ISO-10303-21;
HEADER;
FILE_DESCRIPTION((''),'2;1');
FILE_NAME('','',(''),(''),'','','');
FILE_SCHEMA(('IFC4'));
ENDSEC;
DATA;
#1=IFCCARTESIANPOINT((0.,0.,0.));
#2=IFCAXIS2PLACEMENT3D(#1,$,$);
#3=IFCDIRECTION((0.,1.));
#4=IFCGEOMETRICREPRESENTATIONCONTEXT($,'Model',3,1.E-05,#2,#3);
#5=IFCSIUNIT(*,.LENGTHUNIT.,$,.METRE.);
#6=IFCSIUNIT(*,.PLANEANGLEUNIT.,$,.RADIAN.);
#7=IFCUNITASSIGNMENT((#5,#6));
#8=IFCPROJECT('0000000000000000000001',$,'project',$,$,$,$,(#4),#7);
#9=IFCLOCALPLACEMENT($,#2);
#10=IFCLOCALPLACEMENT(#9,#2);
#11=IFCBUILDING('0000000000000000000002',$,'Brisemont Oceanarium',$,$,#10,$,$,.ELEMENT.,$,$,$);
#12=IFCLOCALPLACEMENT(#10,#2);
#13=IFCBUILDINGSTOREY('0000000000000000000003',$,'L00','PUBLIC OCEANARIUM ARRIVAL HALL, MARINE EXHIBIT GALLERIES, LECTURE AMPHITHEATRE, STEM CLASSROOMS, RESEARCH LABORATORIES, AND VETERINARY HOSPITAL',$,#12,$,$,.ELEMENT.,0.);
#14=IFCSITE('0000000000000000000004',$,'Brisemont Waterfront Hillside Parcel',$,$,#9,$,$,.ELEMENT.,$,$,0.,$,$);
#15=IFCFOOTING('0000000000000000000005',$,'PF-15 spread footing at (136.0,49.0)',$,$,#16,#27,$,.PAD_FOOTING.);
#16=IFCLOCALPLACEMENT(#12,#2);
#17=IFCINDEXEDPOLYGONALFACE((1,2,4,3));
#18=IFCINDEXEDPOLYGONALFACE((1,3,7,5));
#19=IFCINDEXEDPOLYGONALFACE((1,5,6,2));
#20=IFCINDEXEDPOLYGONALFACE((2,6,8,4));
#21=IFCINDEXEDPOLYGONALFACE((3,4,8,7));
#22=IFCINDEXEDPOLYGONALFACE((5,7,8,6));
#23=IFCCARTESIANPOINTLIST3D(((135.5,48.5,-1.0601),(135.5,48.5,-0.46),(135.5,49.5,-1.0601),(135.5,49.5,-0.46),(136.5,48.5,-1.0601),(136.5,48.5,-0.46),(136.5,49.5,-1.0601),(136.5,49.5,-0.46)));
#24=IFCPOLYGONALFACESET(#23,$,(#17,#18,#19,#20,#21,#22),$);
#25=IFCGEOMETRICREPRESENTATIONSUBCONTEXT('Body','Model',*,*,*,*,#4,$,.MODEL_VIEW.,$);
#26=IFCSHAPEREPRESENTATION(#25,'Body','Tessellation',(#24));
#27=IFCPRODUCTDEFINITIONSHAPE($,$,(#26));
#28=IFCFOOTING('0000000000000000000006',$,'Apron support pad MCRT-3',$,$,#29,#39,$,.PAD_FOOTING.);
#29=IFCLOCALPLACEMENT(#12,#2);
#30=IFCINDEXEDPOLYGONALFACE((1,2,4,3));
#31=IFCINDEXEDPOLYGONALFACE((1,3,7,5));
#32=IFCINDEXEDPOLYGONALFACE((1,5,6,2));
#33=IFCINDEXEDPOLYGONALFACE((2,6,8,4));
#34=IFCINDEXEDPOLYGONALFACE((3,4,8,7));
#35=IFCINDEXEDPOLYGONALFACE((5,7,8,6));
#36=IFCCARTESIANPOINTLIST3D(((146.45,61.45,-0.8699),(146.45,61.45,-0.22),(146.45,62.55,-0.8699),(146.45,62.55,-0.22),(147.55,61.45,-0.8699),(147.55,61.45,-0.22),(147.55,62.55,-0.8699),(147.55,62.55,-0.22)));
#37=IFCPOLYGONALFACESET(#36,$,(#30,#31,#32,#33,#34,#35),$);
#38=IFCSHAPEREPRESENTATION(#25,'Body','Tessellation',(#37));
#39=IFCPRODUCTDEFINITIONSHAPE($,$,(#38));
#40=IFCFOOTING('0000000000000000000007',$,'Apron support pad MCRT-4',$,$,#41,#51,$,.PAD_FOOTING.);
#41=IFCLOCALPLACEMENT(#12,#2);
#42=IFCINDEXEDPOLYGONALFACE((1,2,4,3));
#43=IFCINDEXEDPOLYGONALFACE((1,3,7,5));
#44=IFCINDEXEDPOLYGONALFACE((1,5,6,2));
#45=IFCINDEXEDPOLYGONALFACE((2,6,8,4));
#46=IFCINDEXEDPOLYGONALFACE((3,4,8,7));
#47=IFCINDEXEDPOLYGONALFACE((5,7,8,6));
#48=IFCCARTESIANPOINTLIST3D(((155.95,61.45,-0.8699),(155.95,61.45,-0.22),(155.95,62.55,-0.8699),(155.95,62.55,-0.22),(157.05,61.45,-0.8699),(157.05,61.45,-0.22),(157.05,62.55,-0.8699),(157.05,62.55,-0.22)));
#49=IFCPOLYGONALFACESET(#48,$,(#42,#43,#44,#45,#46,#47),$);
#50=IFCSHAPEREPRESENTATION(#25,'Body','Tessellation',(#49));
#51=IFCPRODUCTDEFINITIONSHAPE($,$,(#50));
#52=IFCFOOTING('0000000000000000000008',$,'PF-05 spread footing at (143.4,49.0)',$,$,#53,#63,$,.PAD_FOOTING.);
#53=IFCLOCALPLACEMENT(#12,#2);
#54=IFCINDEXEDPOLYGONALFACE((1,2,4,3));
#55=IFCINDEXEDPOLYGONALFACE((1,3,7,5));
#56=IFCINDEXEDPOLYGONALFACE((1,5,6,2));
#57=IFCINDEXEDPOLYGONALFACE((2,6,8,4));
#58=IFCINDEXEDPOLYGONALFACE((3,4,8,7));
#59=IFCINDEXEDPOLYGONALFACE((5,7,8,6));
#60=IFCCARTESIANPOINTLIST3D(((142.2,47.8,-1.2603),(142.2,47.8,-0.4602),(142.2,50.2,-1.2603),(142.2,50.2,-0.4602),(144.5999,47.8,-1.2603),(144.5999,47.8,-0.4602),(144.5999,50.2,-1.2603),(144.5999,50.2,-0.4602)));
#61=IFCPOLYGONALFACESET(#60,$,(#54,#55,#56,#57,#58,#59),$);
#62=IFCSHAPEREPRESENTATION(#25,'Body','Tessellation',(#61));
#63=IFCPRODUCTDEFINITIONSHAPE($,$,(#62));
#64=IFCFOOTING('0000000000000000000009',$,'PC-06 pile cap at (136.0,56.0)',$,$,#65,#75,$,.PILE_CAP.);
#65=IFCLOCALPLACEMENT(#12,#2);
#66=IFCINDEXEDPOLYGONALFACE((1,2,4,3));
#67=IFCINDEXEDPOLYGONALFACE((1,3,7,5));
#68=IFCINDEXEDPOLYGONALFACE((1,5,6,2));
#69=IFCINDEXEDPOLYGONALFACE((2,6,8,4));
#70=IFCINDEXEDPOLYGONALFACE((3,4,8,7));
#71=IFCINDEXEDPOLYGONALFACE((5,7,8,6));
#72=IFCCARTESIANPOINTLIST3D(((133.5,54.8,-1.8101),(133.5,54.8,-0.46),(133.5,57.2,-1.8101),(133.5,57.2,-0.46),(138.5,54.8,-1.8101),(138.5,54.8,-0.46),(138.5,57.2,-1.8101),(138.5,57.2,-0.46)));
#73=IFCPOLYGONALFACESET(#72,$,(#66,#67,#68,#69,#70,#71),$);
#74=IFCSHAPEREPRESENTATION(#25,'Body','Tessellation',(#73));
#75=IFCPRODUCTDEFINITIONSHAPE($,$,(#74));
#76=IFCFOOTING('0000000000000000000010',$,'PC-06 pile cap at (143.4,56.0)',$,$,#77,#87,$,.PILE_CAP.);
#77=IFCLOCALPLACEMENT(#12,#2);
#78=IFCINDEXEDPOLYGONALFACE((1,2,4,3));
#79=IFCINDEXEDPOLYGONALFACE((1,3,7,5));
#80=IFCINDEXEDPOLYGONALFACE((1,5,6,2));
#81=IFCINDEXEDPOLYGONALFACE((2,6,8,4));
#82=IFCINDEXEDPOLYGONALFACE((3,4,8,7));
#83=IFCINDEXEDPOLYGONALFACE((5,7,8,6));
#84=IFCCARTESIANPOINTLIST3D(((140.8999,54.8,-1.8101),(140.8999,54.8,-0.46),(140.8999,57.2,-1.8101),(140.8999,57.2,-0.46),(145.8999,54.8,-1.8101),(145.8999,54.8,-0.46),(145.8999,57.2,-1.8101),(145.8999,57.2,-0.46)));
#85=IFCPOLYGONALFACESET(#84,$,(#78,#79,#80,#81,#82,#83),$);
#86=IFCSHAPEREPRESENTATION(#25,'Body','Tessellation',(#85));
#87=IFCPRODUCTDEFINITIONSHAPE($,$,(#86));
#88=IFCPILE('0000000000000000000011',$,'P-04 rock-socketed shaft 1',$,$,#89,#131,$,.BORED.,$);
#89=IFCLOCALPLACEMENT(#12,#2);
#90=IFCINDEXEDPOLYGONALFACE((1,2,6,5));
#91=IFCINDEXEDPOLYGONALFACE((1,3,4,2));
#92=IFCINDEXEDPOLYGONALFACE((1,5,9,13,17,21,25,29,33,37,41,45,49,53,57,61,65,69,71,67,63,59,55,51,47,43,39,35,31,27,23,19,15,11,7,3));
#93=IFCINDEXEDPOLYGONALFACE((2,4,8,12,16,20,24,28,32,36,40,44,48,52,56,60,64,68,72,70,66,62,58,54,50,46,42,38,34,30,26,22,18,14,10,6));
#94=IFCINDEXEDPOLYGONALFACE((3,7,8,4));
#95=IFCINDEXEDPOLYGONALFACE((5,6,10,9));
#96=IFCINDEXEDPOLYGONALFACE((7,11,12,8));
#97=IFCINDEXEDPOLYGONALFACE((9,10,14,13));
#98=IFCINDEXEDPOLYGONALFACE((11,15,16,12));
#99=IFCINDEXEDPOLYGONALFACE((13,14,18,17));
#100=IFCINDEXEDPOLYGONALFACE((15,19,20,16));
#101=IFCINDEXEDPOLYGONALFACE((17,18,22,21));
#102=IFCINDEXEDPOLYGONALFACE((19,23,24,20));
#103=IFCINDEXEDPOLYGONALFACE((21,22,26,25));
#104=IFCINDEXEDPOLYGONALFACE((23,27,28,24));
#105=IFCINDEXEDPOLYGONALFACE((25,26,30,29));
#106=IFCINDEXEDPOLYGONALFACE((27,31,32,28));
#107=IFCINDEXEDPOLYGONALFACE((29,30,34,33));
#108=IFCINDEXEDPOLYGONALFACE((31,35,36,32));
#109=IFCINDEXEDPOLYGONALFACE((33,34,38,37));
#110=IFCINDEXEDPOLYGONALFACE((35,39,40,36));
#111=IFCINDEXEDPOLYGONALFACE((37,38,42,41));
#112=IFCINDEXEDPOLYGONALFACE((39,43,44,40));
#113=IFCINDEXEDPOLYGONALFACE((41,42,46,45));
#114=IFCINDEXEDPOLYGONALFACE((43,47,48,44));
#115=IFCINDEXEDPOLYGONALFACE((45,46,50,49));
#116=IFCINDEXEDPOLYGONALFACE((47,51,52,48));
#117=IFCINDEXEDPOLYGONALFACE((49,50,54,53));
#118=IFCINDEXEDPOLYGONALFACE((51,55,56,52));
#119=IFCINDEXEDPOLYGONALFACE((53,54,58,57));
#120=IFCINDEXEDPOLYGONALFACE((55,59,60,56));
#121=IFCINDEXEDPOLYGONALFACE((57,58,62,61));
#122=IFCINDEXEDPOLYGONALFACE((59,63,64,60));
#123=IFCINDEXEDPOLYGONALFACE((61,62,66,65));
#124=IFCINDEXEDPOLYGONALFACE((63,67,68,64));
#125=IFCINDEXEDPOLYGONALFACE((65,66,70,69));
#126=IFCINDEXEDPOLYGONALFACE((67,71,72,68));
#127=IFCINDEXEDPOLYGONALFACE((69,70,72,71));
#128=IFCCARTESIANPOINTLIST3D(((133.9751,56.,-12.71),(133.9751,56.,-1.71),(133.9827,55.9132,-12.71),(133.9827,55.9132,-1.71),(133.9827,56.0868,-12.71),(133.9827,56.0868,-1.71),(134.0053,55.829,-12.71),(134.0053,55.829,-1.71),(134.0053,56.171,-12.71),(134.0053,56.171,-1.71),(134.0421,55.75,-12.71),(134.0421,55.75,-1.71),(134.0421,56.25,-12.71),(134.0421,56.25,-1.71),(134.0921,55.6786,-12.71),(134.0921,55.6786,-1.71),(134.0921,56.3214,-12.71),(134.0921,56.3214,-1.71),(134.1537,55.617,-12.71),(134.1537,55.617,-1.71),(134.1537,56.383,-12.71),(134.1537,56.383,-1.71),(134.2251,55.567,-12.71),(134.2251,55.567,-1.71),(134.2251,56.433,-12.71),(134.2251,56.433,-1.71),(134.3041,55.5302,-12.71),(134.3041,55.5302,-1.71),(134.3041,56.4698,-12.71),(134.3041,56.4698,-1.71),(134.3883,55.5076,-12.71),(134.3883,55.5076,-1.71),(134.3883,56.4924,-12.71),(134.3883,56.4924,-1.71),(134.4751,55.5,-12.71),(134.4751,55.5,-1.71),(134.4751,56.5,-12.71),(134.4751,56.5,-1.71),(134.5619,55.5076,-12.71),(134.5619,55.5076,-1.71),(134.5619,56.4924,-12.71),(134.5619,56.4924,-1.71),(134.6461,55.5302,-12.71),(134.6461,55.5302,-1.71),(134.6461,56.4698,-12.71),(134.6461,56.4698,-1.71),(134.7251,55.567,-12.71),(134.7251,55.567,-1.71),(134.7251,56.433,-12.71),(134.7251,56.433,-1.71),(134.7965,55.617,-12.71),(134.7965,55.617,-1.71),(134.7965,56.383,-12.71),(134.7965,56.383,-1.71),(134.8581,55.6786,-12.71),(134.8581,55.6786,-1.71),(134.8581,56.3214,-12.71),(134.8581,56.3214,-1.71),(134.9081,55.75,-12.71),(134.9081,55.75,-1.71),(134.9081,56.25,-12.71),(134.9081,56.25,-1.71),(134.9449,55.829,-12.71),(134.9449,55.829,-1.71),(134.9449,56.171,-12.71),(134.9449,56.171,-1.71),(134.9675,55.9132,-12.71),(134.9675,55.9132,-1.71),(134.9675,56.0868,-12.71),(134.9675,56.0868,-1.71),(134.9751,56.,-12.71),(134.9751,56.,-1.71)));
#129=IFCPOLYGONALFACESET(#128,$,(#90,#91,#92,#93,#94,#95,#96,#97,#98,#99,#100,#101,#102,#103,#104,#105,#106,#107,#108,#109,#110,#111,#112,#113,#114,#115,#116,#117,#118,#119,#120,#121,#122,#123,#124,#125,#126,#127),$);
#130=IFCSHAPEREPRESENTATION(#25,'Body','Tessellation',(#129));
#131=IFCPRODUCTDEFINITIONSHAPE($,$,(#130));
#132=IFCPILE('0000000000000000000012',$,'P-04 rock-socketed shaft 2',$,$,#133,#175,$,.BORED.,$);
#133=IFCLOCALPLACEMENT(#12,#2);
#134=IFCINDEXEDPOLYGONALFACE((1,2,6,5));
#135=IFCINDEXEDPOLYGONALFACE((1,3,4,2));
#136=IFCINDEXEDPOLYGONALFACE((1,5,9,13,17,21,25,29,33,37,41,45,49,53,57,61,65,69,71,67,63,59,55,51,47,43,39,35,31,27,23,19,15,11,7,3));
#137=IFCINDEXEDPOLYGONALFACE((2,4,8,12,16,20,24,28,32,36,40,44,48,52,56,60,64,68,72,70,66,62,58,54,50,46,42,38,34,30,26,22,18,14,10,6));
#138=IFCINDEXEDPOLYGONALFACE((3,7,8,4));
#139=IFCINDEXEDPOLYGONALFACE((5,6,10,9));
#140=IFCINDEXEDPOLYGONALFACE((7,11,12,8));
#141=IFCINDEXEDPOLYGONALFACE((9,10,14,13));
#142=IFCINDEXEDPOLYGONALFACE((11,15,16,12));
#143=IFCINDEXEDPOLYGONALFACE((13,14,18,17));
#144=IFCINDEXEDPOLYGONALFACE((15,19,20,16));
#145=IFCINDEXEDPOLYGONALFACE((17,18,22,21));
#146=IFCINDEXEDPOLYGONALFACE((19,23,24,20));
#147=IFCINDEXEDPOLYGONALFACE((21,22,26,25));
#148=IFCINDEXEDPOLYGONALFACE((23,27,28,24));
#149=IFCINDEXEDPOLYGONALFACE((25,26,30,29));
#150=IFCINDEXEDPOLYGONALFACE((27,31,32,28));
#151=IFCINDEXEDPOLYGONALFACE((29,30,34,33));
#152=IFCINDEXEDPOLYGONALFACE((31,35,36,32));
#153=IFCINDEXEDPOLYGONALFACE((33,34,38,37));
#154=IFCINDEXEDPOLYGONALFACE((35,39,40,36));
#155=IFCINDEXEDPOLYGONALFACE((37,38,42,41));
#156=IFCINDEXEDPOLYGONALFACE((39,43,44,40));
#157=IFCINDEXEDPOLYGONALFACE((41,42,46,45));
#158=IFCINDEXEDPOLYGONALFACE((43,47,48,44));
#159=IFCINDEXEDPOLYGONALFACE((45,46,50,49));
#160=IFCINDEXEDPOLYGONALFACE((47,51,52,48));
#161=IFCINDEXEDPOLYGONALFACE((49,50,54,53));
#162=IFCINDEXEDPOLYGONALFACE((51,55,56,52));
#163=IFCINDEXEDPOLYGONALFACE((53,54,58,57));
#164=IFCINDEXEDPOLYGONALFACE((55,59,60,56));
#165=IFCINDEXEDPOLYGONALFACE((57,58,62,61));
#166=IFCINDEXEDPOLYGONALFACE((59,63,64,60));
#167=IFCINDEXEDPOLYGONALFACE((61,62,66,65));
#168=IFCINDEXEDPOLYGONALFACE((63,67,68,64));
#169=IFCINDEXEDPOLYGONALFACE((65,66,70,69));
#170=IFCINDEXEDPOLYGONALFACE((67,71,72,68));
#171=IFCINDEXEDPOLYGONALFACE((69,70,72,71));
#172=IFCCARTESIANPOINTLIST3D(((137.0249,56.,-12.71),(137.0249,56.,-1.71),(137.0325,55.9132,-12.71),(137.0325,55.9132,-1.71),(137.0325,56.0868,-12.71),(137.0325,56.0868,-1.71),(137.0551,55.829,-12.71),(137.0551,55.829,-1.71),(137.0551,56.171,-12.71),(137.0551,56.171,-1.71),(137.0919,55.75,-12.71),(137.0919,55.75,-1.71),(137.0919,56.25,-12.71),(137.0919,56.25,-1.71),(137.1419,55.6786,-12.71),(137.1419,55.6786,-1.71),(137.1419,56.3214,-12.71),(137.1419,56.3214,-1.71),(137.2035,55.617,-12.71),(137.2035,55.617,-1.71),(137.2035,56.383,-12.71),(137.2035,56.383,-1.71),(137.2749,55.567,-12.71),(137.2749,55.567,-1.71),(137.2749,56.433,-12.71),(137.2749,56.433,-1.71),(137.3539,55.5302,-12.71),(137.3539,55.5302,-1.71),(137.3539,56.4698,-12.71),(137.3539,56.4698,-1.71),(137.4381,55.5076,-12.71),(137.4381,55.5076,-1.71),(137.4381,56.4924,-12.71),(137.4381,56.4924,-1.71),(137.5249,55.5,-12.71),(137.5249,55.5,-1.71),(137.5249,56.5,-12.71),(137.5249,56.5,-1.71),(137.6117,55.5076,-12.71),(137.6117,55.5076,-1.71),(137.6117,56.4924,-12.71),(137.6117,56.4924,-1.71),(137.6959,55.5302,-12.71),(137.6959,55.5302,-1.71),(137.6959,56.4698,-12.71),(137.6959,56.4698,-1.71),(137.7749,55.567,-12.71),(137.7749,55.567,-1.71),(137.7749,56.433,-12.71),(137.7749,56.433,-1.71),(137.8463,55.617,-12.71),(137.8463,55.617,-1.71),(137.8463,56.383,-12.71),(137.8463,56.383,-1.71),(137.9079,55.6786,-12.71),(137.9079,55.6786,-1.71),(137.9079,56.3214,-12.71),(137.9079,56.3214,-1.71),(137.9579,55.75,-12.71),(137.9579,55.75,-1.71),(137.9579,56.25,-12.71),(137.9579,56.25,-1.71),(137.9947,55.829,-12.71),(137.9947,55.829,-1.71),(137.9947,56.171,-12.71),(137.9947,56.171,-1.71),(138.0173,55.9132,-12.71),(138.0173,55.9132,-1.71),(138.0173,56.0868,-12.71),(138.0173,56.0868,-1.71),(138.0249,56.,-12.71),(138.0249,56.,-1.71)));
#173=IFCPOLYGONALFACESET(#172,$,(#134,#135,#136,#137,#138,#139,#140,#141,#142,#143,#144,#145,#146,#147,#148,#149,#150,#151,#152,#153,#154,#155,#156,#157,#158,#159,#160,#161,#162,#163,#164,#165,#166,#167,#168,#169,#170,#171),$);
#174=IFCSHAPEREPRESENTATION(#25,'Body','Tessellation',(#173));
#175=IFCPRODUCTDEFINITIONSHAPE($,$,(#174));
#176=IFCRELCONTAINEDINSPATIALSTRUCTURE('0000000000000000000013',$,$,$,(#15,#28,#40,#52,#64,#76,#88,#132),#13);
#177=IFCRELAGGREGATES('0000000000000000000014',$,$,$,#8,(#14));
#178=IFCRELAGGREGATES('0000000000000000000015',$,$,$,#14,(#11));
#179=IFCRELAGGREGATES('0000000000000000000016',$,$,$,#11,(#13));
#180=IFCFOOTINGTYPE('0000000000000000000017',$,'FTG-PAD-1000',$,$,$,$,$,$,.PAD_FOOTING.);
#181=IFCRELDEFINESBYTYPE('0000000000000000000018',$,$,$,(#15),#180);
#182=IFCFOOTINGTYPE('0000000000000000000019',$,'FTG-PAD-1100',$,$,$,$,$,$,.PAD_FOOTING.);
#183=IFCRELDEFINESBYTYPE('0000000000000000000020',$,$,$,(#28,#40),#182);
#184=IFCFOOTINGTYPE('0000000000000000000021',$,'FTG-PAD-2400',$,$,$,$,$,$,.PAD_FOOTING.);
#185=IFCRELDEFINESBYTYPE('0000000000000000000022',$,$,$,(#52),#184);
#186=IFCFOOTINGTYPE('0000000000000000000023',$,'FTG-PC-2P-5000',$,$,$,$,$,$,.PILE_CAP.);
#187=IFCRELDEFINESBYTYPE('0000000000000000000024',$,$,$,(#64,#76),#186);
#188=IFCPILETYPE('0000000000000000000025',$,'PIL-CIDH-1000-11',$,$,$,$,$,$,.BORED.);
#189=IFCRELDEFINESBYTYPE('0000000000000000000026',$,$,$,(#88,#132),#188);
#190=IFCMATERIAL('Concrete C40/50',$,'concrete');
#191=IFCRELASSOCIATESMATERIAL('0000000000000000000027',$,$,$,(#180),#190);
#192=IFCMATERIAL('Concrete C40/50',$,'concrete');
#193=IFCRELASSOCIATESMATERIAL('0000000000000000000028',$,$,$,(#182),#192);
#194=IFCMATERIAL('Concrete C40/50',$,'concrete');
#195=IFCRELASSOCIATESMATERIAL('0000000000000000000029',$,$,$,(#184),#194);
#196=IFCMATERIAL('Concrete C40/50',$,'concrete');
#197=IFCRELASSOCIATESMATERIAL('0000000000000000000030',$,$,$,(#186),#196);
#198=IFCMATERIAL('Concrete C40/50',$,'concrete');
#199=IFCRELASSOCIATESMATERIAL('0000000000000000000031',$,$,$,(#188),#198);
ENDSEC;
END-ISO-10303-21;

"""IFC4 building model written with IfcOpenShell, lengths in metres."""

from ifc_helpers import new_model, si_unit, direction, frame, origin, origin_2d, place, context, subcontext, project, spatial, rectangle, circle, extrude, material, material_profile, profile_set, type_object, element, save


model = new_model("IFC4")

# Units and contexts
model_context = context("Model", 3, precision=1e-05, world=origin(), true_north=direction((0.0, 1.0)))
body_context = subcontext(model_context, "Body", "Model", "MODEL_VIEW")
ifc_project = project(units=[si_unit("LENGTHUNIT", "METRE"), si_unit("PLANEANGLEUNIT", "RADIAN")], contexts=[model_context])

# Site, building, storey
site_placement = place(None, origin())
site = spatial("IfcSite", under=ifc_project, at=site_placement, Name="Brisemont Waterfront Hillside Parcel", CompositionType="ELEMENT", RefElevation=0.0)
building_placement = place(site_placement, origin())
building = spatial("IfcBuilding", under=site, at=building_placement, Name="Brisemont Oceanarium", CompositionType="ELEMENT")
storey_placement = place(building_placement, origin())
storey = spatial("IfcBuildingStorey", under=building, at=storey_placement, Name="L00", Description="PUBLIC OCEANARIUM ARRIVAL HALL, MARINE EXHIBIT GALLERIES, LECTURE AMPHITHEATRE, STEM CLASSROOMS, RESEARCH LABORATORIES, AND VETERINARY HOSPITAL", CompositionType="ELEMENT", Elevation=0.0)

# Footings
ifc_material_1 = material(Name="Concrete C40/50", Category="concrete")
footing_type_1 = type_object("IfcFootingType", Name="FTG-PAD-1000", PredefinedType="PAD_FOOTING", material=ifc_material_1)
footing_1_placement = place(storey_placement, frame((136.0, 49.0, -1.0601), z_axis=(0.0, 0.0, 1.0), x_axis=(1.0, 0.0, 0.0)))
element("IfcFooting", 1, at=footing_1_placement, inside=storey, type_object=footing_type_1, Name="PF-15 spread footing at (136.0,49.0)", PredefinedType="PAD_FOOTING", context=body_context, shape_type="SweptSolid", body=[
    extrude(rectangle(XDim=1.0, YDim=1.0, at=origin_2d()), origin(), (0.0, 0.0, 1.0), 0.6001),
])
ifc_material_2 = material(Name="Concrete C40/50", Category="concrete")
footing_type_2 = type_object("IfcFootingType", Name="FTG-PAD-1100", PredefinedType="PAD_FOOTING", material=ifc_material_2)
for number, where, z_axis, x_axis, name in (
    (2, (147.0, 62.0, -0.8699), (0.0, 0.0, 1.0), (1.0, 0.0, 0.0), "Apron support pad MCRT-3"),
    (3, (156.5, 62.0, -0.8699), (0.0, 0.0, 1.0), (1.0, 0.0, 0.0), "Apron support pad MCRT-4"),
):
    element("IfcFooting", number, at=place(storey_placement, frame(where, z_axis=z_axis, x_axis=x_axis)), inside=storey, type_object=footing_type_2, Name=name, PredefinedType="PAD_FOOTING", context=body_context, shape_type="SweptSolid", body=[
        extrude(rectangle(XDim=1.1001, YDim=1.1001, at=origin_2d()), origin(), (0.0, 0.0, 1.0), 0.6499),
    ])
ifc_material_3 = material(Name="Concrete C40/50", Category="concrete")
footing_type_3 = type_object("IfcFootingType", Name="FTG-PAD-2400", PredefinedType="PAD_FOOTING", material=ifc_material_3)
footing_2_placement = place(storey_placement, frame((143.3999, 49.0, -1.2603), z_axis=(0.0, 0.0, 1.0), x_axis=(1.0, 0.0, 0.0)))
element("IfcFooting", 4, at=footing_2_placement, inside=storey, type_object=footing_type_3, Name="PF-05 spread footing at (143.4,49.0)", PredefinedType="PAD_FOOTING", context=body_context, shape_type="SweptSolid", body=[
    extrude(rectangle(XDim=2.3999, YDim=2.3999, at=origin_2d()), origin(), (0.0, 0.0, 1.0), 0.8),
])
ifc_material_4 = material(Name="Concrete C40/50", Category="concrete")
footing_type_4 = type_object("IfcFootingType", Name="FTG-PC-2P-5000", PredefinedType="PILE_CAP", material=ifc_material_4)
for number, where, z_axis, x_axis, name in (
    (5, (136.0, 56.0, -1.8101), (0.0, 0.0, 1.0), (1.0, 0.0, 0.0), "PC-06 pile cap at (136.0,56.0)"),
    (6, (143.3999, 56.0, -1.8101), (0.0, 0.0, 1.0), (1.0, 0.0, 0.0), "PC-06 pile cap at (143.4,56.0)"),
):
    element("IfcFooting", number, at=place(storey_placement, frame(where, z_axis=z_axis, x_axis=x_axis)), inside=storey, type_object=footing_type_4, Name=name, PredefinedType="PILE_CAP", context=body_context, shape_type="SweptSolid", body=[
        extrude(rectangle(XDim=5.0, YDim=2.3999, at=origin_2d()), origin(), (0.0, 0.0, 1.0), 1.3501),
    ])

# Piles
ifc_material_5 = material(Name="Concrete C40/50", Category="concrete")
ifc_material_profile_1 = material_profile(ifc_material_5, circle(Radius=0.5, at=origin_2d()), Name="CIDH-D1000")
ifc_profile_set_1 = profile_set([ifc_material_profile_1], Name="Concrete C40/50")
pile_type_1 = type_object("IfcPileType", Name="PIL-CIDH-1000-11", PredefinedType="BORED", material=ifc_profile_set_1)
for number, where, z_axis, x_axis, name in (
    (7, (134.4751, 56.0, -1.71), (0.0, 0.0, -1.0), (1.0, 0.0, 0.0), "P-04 rock-socketed shaft 1"),
    (8, (137.5249, 56.0, -1.71), (0.0, 0.0, -1.0), (1.0, 0.0, 0.0), "P-04 rock-socketed shaft 2"),
):
    element("IfcPile", number, at=place(storey_placement, frame(where, z_axis=z_axis, x_axis=x_axis)), inside=storey, type_object=pile_type_1, Name=name, PredefinedType="BORED", context=body_context, shape_type="SweptSolid", body=[
        extrude(circle(Radius=0.5, at=origin_2d()), origin(), (0.0, 0.0, 1.0), 11.0),
    ])

save(model, "model.ifc")
